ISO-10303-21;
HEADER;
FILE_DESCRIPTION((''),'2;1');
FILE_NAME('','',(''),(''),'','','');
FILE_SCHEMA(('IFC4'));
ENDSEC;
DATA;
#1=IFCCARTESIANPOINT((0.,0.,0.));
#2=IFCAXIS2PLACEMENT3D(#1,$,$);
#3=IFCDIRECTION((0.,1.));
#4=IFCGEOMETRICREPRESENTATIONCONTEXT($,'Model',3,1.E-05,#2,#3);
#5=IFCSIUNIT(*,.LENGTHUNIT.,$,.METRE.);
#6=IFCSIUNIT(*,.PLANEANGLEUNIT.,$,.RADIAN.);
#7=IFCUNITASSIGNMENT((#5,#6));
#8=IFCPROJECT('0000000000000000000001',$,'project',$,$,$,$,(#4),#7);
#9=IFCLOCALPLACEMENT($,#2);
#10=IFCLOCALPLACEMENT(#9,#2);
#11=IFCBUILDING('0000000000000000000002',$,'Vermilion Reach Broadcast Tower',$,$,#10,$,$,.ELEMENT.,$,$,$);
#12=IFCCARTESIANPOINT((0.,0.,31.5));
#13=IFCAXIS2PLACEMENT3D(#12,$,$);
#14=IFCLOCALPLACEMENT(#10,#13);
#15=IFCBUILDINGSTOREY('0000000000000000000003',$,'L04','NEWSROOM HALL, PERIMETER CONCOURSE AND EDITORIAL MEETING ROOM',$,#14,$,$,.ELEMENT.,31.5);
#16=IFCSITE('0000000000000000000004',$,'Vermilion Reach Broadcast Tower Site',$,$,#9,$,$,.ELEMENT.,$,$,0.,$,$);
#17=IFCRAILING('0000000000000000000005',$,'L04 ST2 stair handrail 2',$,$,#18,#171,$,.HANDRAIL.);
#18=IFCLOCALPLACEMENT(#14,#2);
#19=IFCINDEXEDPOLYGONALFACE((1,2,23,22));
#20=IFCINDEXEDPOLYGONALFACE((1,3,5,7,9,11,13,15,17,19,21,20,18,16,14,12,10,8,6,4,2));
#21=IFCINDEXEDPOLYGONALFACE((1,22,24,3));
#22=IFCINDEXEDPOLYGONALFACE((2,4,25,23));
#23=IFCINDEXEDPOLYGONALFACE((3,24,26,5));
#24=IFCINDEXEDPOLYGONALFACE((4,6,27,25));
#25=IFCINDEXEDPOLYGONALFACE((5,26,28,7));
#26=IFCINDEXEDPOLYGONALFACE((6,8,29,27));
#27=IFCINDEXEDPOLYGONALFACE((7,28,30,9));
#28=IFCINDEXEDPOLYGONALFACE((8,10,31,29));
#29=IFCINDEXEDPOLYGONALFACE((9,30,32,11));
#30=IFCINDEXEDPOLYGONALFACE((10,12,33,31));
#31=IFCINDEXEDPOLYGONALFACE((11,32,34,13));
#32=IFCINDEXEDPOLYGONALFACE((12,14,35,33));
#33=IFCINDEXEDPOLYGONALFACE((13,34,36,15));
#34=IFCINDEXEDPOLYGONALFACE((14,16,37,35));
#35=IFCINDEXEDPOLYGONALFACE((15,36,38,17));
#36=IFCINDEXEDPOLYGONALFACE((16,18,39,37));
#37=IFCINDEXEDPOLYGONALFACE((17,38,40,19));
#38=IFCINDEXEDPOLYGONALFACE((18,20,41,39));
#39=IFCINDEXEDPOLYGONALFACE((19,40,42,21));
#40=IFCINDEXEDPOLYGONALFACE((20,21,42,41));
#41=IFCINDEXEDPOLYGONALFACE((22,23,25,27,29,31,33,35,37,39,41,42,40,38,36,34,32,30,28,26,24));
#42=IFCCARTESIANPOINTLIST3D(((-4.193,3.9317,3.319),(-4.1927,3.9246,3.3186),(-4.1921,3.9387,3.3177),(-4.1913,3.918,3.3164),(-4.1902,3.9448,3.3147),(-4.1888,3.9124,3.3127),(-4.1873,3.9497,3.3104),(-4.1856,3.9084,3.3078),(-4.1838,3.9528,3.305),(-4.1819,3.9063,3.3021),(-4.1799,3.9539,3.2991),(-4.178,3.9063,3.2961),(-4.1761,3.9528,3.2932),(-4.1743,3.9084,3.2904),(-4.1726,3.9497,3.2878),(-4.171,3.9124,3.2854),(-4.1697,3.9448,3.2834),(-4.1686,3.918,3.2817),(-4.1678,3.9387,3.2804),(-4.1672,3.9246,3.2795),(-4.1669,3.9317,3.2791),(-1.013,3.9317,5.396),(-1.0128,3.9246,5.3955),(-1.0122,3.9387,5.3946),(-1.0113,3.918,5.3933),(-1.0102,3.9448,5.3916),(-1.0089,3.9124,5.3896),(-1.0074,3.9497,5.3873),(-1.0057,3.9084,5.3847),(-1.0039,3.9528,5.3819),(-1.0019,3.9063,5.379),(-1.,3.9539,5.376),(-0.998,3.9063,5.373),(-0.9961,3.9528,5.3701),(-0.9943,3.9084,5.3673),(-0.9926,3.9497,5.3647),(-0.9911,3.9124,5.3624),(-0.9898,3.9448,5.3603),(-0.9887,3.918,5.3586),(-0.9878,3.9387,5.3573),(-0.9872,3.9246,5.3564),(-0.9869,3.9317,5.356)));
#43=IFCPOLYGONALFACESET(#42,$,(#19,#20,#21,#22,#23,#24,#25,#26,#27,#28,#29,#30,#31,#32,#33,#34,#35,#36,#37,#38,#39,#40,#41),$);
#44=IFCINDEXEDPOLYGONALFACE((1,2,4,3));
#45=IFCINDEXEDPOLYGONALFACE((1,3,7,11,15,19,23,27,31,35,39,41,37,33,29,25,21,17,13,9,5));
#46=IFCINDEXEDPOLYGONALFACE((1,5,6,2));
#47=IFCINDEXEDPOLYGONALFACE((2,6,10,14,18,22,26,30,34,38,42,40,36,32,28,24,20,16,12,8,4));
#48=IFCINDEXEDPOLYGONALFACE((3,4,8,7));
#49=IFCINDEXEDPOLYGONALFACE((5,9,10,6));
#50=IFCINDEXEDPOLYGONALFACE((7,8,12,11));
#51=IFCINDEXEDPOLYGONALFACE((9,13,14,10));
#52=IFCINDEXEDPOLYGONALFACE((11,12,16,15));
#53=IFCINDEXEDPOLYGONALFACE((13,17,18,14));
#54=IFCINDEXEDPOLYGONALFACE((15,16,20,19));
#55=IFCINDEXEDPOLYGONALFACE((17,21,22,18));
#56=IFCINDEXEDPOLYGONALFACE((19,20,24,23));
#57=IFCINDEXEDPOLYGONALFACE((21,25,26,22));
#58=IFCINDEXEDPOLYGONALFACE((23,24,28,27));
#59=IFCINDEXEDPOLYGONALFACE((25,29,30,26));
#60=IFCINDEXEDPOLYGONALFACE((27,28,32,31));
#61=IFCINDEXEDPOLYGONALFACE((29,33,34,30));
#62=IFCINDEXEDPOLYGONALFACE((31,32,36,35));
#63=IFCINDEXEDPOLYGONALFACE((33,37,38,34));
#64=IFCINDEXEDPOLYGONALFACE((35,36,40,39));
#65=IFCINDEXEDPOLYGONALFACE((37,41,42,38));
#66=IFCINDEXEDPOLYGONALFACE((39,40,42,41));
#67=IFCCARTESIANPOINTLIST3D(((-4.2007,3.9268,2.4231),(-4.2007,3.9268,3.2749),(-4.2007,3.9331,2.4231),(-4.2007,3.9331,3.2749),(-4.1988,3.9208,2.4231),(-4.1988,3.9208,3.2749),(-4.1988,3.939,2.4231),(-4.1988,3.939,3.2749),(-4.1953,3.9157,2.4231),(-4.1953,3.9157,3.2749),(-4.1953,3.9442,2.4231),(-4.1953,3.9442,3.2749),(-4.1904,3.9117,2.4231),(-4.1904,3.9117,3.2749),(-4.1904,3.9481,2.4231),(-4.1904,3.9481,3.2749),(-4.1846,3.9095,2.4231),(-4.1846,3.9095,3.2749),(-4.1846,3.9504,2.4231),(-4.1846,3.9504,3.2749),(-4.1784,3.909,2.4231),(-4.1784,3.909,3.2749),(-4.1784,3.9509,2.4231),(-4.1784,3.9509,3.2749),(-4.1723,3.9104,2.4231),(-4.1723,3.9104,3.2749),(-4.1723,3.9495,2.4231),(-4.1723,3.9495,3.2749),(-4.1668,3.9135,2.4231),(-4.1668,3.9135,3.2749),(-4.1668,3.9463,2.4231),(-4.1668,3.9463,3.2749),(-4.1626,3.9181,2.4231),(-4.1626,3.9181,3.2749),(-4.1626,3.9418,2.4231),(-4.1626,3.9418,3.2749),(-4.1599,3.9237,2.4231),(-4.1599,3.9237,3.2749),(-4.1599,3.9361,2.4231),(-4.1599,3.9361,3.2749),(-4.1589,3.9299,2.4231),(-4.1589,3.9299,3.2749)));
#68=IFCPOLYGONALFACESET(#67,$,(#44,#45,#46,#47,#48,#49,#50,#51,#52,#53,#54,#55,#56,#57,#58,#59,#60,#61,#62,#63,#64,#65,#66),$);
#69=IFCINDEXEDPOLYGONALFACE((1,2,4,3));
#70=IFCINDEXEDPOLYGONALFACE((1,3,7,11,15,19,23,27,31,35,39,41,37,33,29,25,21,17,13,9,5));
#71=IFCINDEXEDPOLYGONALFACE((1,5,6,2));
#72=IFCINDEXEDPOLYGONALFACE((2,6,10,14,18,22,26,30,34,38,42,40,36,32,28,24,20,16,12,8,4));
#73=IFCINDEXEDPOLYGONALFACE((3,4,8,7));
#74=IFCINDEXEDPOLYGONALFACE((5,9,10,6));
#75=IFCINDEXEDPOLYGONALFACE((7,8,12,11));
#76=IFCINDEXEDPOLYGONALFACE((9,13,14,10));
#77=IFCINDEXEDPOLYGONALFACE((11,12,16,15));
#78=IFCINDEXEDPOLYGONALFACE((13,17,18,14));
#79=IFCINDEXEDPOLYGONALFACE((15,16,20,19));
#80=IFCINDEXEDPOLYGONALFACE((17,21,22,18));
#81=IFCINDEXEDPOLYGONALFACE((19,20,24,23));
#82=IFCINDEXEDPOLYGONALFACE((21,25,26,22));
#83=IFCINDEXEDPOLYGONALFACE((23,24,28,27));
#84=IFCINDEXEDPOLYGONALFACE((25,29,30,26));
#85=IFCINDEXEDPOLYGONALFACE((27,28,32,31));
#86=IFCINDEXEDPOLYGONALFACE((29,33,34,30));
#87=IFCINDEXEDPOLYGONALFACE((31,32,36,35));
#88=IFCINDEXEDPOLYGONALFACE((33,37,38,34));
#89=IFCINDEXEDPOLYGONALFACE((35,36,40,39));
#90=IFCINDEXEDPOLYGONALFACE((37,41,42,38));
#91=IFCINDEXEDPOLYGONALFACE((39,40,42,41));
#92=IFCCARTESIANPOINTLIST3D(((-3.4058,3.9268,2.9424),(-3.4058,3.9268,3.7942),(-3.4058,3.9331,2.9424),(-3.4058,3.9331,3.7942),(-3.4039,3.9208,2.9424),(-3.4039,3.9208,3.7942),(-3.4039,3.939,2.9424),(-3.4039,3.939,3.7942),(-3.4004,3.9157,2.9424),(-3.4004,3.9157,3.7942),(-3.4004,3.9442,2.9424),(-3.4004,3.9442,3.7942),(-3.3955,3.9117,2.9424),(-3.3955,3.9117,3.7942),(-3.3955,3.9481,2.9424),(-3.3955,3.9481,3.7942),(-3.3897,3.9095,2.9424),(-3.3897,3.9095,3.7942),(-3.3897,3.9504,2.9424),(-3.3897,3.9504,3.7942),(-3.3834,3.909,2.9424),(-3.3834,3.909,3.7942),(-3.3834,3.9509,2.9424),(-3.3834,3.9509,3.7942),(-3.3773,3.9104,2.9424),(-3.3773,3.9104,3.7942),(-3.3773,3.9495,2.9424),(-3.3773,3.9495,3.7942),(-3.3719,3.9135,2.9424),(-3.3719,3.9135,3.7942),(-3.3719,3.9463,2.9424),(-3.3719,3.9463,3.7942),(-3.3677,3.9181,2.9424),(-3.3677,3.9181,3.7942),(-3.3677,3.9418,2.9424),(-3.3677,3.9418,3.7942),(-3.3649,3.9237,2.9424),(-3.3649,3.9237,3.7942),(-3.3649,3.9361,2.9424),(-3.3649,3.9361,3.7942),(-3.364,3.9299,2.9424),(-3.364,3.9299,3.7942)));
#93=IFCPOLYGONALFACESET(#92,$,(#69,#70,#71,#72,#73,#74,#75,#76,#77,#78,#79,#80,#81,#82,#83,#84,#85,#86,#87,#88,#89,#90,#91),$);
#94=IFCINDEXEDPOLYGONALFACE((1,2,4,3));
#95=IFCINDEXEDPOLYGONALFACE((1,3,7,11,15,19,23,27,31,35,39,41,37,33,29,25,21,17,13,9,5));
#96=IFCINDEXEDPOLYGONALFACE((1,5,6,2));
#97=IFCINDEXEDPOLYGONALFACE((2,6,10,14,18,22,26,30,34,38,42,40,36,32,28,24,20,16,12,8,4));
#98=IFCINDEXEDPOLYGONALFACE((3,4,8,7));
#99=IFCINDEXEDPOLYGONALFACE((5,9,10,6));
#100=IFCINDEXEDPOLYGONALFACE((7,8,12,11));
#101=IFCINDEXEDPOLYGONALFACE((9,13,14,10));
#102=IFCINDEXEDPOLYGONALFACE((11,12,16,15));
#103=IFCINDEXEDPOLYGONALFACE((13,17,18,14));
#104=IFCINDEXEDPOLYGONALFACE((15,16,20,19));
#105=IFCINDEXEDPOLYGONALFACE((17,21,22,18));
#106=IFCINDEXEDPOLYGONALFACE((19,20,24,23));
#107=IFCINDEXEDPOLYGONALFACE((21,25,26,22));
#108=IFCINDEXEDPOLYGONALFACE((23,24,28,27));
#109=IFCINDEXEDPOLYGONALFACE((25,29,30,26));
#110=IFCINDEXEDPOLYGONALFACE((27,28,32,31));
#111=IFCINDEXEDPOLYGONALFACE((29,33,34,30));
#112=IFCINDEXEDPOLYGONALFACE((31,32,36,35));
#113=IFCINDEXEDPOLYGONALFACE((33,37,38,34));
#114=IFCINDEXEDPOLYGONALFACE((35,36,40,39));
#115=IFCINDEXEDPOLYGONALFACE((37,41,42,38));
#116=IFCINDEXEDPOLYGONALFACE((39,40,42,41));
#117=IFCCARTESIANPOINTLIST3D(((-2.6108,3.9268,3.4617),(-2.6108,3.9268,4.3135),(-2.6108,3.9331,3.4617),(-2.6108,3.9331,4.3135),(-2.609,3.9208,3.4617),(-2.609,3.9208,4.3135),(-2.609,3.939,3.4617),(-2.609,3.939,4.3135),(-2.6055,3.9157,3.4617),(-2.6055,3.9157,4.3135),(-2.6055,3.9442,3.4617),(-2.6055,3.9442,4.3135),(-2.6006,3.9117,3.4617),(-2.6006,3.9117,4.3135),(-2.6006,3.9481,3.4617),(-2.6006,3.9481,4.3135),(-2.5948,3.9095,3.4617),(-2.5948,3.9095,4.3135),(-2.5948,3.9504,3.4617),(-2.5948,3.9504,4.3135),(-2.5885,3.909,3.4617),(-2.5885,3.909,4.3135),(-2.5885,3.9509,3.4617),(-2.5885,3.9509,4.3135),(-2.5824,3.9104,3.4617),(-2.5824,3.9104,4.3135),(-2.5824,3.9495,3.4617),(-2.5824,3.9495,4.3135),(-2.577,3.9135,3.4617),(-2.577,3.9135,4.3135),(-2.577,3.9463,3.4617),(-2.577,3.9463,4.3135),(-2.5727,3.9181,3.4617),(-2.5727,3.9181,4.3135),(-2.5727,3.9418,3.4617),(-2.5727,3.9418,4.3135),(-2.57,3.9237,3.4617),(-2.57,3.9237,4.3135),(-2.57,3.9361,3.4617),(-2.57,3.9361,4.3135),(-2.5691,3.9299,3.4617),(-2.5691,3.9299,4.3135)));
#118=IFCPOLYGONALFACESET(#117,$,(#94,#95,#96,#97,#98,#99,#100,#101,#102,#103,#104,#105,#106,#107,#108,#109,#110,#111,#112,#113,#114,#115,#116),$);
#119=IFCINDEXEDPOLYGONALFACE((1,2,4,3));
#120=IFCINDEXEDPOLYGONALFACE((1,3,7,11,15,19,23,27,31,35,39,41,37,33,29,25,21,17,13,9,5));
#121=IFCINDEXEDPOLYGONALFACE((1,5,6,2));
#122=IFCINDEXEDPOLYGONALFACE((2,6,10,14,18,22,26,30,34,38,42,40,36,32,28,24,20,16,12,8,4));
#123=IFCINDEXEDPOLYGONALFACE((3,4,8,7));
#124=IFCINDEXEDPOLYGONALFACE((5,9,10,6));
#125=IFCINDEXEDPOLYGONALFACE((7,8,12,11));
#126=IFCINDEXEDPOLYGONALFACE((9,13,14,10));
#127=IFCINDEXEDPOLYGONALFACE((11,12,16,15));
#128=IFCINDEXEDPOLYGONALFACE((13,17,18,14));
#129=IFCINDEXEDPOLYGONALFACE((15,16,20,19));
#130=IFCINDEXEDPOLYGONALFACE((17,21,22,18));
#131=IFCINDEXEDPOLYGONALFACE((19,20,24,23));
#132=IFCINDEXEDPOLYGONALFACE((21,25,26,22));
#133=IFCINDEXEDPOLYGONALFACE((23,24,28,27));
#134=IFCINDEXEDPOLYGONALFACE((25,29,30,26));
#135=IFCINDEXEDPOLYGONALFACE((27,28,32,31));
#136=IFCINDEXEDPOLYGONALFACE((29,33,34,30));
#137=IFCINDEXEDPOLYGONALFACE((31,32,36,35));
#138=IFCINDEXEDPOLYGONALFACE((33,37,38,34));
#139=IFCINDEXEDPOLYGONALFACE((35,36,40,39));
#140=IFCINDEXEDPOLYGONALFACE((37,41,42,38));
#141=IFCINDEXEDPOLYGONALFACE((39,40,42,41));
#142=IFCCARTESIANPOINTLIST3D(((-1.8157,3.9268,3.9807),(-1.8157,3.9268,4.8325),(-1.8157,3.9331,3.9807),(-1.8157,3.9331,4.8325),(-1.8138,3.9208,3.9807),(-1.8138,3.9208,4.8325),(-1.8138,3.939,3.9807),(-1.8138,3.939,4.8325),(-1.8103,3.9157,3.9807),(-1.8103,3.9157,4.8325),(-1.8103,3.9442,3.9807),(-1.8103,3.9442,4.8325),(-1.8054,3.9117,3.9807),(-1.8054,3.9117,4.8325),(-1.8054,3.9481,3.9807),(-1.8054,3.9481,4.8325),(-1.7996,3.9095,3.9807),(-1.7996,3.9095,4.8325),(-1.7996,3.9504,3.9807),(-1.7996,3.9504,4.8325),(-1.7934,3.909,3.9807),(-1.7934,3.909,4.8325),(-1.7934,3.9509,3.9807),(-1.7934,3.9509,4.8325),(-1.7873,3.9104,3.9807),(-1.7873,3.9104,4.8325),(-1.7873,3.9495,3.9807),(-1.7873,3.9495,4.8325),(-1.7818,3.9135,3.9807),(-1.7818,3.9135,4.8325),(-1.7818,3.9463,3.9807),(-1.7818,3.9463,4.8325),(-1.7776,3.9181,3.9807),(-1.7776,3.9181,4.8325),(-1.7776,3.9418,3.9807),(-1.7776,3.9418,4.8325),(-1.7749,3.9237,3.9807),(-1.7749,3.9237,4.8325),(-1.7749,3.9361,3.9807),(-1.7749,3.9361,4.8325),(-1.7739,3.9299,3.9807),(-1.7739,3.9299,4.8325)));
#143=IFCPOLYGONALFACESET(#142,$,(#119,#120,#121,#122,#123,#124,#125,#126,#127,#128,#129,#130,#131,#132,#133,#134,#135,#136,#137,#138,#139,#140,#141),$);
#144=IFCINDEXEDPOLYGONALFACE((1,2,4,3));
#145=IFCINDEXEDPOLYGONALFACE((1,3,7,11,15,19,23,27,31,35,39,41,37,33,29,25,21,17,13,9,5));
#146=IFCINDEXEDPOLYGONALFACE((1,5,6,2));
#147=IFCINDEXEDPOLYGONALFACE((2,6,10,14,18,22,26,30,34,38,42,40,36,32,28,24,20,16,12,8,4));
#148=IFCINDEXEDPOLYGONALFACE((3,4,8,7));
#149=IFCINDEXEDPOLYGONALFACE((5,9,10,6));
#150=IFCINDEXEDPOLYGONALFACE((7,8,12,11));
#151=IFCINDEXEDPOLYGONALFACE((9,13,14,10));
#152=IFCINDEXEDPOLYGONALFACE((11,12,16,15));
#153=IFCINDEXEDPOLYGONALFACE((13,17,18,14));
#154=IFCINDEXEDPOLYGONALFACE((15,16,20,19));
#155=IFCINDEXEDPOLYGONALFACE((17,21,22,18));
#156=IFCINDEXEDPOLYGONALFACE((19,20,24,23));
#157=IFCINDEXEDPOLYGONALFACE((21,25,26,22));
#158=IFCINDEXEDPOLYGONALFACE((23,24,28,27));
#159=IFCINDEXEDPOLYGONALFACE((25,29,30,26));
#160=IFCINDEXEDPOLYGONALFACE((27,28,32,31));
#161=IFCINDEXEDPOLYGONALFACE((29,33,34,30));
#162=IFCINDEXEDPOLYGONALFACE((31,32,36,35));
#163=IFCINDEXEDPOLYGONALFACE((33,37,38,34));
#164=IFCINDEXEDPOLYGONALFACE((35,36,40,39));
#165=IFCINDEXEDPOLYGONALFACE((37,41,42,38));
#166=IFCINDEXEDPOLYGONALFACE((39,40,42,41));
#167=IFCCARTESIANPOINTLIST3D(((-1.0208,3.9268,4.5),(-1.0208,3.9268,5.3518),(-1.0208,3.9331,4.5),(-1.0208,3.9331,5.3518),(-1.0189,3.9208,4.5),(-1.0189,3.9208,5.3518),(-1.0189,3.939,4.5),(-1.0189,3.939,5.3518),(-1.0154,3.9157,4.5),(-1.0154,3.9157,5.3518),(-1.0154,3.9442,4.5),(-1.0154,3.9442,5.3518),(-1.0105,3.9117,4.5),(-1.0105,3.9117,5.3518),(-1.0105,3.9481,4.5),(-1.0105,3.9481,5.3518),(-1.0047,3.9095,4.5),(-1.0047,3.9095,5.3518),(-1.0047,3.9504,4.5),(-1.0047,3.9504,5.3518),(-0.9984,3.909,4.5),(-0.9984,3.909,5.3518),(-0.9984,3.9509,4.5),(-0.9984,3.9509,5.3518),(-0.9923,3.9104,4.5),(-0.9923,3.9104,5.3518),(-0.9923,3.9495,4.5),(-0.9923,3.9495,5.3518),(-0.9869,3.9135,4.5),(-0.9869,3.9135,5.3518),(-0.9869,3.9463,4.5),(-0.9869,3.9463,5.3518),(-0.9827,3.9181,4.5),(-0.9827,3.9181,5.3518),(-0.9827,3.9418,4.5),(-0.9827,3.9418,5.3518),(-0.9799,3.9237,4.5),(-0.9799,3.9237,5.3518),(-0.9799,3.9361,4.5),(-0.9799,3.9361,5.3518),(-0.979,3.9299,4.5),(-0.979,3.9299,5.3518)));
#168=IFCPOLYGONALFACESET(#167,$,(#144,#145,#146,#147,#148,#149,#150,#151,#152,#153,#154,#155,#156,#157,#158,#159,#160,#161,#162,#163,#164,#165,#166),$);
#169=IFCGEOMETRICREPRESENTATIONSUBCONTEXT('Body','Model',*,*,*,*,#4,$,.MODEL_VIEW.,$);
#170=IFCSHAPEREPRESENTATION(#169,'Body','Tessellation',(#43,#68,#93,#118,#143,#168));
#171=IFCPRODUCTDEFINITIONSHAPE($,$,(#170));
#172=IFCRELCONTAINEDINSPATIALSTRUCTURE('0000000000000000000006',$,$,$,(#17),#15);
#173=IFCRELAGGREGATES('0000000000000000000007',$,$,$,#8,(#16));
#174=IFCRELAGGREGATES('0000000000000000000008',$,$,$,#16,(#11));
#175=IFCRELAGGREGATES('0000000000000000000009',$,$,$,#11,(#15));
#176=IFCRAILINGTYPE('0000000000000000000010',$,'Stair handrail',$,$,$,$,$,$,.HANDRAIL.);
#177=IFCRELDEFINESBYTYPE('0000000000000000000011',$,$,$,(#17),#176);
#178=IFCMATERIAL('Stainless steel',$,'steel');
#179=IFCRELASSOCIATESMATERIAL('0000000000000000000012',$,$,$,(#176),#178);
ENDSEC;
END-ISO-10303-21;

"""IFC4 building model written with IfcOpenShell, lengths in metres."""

from ifc_helpers import new_model, si_unit, direction, frame, origin, origin_2d, place, context, subcontext, project, spatial, circle, extrude, material, type_object, element, save


model = new_model("IFC4")

# Units and contexts
model_context = context("Model", 3, precision=1e-05, world=origin(), true_north=direction((0.0, 1.0)))
body_context = subcontext(model_context, "Body", "Model", "MODEL_VIEW")
ifc_project = project(units=[si_unit("LENGTHUNIT", "METRE"), si_unit("PLANEANGLEUNIT", "RADIAN")], contexts=[model_context])

# Site, building, storey
site_placement = place(None, origin())
site = spatial("IfcSite", under=ifc_project, at=site_placement, Name="Vermilion Reach Broadcast Tower Site", CompositionType="ELEMENT", RefElevation=0.0)
building_placement = place(site_placement, origin())
building = spatial("IfcBuilding", under=site, at=building_placement, Name="Vermilion Reach Broadcast Tower", CompositionType="ELEMENT")
storey_placement = place(building_placement, frame((0.0, 0.0, 31.5)))
storey = spatial("IfcBuildingStorey", under=building, at=storey_placement, Name="L04", Description="NEWSROOM HALL, PERIMETER CONCOURSE AND EDITORIAL MEETING ROOM", CompositionType="ELEMENT", Elevation=31.5)

# Railing
ifc_material_1 = material(Name="Stainless steel", Category="steel")
railing_type_1 = type_object("IfcRailingType", Name="Stair handrail", PredefinedType="HANDRAIL", material=ifc_material_1)
railing_1_placement = place(storey_placement, frame((-4.1799, 3.9299, 2.4231)))
element("IfcRailing", 1, at=railing_1_placement, inside=storey, type_object=railing_type_1, Name="L04 ST2 stair handrail 2", PredefinedType="HANDRAIL", context=body_context, shape_type="SweptSolid", body=[
    extrude(circle(Radius=0.0239, at=origin_2d()), frame((0.0, 0.0, 0.876), z_axis=(0.837245, 0.0, 0.546828), x_axis=(0.0, 1.0, 0.0)), (0.0, 0.0, 1.0), 3.7981),
    extrude(circle(Radius=0.021, at=origin_2d()), origin(), (0.0, 0.0, 1.0), 0.8518),
    extrude(circle(Radius=0.021, at=origin_2d()), frame((0.7949, 0.0, 0.5193)), (0.0, 0.0, 1.0), 0.8518),
    extrude(circle(Radius=0.021, at=origin_2d()), frame((1.5898, 0.0, 1.0386)), (0.0, 0.0, 1.0), 0.8518),
    extrude(circle(Radius=0.021, at=origin_2d()), frame((2.385, 0.0, 1.5576)), (0.0, 0.0, 1.0), 0.8518),
    extrude(circle(Radius=0.021, at=origin_2d()), frame((3.1799, 0.0, 2.0769)), (0.0, 0.0, 1.0), 0.8518),
])

save(model, "model.ifc")
